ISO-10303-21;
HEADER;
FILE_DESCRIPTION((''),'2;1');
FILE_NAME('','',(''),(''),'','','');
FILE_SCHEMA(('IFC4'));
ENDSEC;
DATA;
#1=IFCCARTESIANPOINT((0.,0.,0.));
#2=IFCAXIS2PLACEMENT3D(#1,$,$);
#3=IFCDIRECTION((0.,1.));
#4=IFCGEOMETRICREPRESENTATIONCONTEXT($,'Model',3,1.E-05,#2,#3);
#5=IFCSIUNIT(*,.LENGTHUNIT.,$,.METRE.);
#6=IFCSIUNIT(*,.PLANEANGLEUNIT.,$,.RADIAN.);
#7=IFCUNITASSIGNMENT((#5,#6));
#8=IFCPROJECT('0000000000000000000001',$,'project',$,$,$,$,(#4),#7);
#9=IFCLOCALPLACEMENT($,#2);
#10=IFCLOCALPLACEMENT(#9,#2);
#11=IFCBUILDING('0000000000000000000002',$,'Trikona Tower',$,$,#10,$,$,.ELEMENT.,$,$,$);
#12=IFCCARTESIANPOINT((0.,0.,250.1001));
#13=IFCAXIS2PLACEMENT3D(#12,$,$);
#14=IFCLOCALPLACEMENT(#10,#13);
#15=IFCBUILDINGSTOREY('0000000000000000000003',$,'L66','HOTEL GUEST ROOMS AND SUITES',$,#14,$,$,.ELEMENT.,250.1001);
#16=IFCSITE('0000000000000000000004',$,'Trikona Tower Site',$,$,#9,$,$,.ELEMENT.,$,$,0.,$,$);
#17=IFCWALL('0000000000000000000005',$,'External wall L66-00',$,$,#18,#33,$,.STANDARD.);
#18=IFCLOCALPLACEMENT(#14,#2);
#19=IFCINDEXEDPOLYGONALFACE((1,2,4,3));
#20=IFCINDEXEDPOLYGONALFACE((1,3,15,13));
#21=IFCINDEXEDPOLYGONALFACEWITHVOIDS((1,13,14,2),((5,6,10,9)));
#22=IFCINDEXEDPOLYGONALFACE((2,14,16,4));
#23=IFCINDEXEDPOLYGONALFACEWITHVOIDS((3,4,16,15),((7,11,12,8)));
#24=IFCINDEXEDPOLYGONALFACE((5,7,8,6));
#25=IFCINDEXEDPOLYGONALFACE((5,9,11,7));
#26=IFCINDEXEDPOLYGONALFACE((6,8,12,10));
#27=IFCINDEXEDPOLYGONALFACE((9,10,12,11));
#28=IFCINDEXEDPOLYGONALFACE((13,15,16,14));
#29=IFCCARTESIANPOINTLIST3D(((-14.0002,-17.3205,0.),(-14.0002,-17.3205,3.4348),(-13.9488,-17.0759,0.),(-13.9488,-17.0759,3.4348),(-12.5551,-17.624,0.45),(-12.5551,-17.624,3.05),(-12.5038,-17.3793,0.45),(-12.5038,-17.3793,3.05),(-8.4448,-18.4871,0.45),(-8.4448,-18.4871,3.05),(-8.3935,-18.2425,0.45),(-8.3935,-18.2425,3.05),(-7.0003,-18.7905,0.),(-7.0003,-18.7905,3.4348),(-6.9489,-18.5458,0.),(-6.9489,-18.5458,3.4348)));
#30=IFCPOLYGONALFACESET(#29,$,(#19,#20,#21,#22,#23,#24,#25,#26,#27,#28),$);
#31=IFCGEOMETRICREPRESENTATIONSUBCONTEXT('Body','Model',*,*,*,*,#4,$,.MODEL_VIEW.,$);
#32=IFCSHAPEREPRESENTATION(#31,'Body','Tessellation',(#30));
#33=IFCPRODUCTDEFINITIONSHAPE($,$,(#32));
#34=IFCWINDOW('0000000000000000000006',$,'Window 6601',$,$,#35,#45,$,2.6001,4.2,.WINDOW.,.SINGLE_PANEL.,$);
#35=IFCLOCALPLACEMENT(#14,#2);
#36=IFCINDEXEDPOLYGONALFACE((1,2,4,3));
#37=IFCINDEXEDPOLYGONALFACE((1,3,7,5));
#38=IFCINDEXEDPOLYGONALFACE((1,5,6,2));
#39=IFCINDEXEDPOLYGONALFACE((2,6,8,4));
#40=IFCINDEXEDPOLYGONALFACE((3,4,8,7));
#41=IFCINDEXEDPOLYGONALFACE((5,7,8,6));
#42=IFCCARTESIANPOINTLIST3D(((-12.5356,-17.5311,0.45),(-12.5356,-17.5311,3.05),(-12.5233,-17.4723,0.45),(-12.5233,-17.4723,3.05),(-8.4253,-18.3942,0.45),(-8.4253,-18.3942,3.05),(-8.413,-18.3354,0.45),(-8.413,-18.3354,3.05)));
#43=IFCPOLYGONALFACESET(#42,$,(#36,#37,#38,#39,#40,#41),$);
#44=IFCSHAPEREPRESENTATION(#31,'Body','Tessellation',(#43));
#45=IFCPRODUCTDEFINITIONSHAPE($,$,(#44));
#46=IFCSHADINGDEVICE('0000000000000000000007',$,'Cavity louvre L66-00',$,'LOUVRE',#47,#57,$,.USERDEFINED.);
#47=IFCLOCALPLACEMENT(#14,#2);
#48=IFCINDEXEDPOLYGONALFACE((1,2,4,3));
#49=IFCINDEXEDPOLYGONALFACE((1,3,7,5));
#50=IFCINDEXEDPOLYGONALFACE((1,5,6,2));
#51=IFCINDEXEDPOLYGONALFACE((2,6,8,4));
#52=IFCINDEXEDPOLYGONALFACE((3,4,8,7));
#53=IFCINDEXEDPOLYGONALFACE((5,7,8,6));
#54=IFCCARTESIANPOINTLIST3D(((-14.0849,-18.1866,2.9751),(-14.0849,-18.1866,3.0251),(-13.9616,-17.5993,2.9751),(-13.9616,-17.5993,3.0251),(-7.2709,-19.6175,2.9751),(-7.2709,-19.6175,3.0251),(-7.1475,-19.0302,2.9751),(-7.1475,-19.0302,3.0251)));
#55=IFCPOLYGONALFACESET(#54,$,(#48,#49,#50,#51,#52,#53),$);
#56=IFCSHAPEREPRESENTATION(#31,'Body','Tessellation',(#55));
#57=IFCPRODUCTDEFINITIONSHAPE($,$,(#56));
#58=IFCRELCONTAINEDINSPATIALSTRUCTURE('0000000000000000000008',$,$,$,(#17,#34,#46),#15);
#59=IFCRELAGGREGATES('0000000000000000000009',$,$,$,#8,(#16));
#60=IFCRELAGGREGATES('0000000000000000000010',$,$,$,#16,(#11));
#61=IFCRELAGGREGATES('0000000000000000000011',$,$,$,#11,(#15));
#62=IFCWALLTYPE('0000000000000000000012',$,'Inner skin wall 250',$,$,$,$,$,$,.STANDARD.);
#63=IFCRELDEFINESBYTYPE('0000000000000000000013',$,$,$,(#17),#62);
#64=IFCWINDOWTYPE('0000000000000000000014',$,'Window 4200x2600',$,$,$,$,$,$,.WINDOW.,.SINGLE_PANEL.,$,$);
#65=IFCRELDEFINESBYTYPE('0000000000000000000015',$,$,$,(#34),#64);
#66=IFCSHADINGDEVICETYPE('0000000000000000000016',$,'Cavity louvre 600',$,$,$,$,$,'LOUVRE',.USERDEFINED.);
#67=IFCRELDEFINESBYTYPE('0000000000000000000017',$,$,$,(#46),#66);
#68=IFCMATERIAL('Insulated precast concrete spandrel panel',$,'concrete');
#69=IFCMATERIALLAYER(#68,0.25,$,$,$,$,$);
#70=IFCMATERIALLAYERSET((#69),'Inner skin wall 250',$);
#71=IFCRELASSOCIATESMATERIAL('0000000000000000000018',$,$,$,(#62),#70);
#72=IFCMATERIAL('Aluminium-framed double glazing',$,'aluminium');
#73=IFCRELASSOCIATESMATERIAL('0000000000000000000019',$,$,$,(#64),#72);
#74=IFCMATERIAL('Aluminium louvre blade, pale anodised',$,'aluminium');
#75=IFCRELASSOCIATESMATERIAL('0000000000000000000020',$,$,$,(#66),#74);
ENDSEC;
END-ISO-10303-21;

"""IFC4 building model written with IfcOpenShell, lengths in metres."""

from ifc_helpers import new_model, si_unit, direction, frame, frame_2d, origin, origin_2d, place, context, subcontext, project, spatial, rectangle, extrude, material, layer, layer_set, type_object, element, fill, save


model = new_model("IFC4")

# Units and contexts
model_context = context("Model", 3, precision=1e-05, world=origin(), true_north=direction((0.0, 1.0)))
body_context = subcontext(model_context, "Body", "Model", "MODEL_VIEW")
ifc_project = project(units=[si_unit("LENGTHUNIT", "METRE"), si_unit("PLANEANGLEUNIT", "RADIAN")], contexts=[model_context])

# Site, building, storey
site_placement = place(None, origin())
site = spatial("IfcSite", under=ifc_project, at=site_placement, Name="Trikona Tower Site", CompositionType="ELEMENT", RefElevation=0.0)
building_placement = place(site_placement, origin())
building = spatial("IfcBuilding", under=site, at=building_placement, Name="Trikona Tower", CompositionType="ELEMENT")
storey_placement = place(building_placement, frame((0.0, 0.0, 250.1001)))
storey = spatial("IfcBuildingStorey", under=building, at=storey_placement, Name="L66", Description="HOTEL GUEST ROOMS AND SUITES", CompositionType="ELEMENT", Elevation=250.1001)

# Wall, opening, window
ifc_material_1 = material(Name="Insulated precast concrete spandrel panel", Category="concrete")
ifc_layer_1 = layer(ifc_material_1, 0.25)
ifc_layer_set_1 = layer_set([ifc_layer_1], Name="Inner skin wall 250")
wall_type_1 = type_object("IfcWallType", Name="Inner skin wall 250", PredefinedType="STANDARD", material=ifc_layer_set_1)
wall_1_placement = place(storey_placement, frame((-13.9744, -17.1982, 0.0), z_axis=(0.0, 0.0, 1.0), x_axis=(0.978654, -0.205513, 0.0)))
wall_1 = element("IfcWall", 1, at=wall_1_placement, inside=storey, type_object=wall_type_1, Name="External wall L66-00", PredefinedType="STANDARD", context=body_context, shape_type="SweptSolid", body=[
    extrude(rectangle(XDim=7.1526, YDim=0.25, at=frame_2d((3.5762, 0.0))), origin(), (0.0, 0.0, 1.0), 3.4348),
])
opening_1_placement = place(wall_1_placement, frame((1.4763, 0.0, 0.45)))
opening_1 = element("IfcOpeningElement", 2, at=opening_1_placement, cuts=wall_1, PredefinedType="OPENING", context=body_context, shape_type="SweptSolid", body=[
    extrude(rectangle(XDim=4.2, YDim=2.6001, at=frame_2d((2.1001, 1.3))), frame((0.0, 0.135, 0.0), z_axis=(0.0, -1.0, 0.0), x_axis=(1.0, 0.0, 0.0)), (0.0, 0.0, 1.0), 0.27),
])
ifc_material_2 = material(Name="Aluminium-framed double glazing", Category="aluminium")
window_type_1 = type_object("IfcWindowType", Name="Window 4200x2600", PartitioningType="SINGLE_PANEL", PredefinedType="WINDOW", material=ifc_material_2)
window_1_placement = place(opening_1_placement, origin())
window_1 = element("IfcWindow", 3, at=window_1_placement, inside=storey, type_object=window_type_1, Name="Window 6601", OverallHeight=2.6001, OverallWidth=4.2, PartitioningType="SINGLE_PANEL", PredefinedType="WINDOW", context=body_context, shape_type="SweptSolid", body=[
    extrude(rectangle(XDim=4.2, YDim=2.6001, at=frame_2d((2.1001, 1.3))), frame((0.0, 0.03, 0.0), z_axis=(0.0, -1.0, 0.0), x_axis=(1.0, 0.0, 0.0)), (0.0, 0.0, 1.0), 0.0601),
])
fill(opening_1, window_1)

# Shading device
ifc_material_3 = material(Name="Aluminium louvre blade, pale anodised", Category="aluminium")
shading_device_type = type_object("IfcShadingDeviceType", Name="Cavity louvre 600", ElementType="LOUVRE", PredefinedType="USERDEFINED", material=ifc_material_3)
shading_device_placement = place(storey_placement, frame((-10.6162, -18.6084, 2.9751), z_axis=(0.0, 0.0, 1.0), x_axis=(0.978653, -0.205518, 0.0)))
element("IfcShadingDevice", 4, at=shading_device_placement, inside=storey, type_object=shading_device_type, Name="Cavity louvre L66-00", ObjectType="LOUVRE", PredefinedType="USERDEFINED", context=body_context, shape_type="SweptSolid", body=[
    extrude(rectangle(XDim=6.9626, YDim=0.6001, at=origin_2d()), origin(), (0.0, 0.0, 1.0), 0.05),
])

save(model, "model.ifc")
